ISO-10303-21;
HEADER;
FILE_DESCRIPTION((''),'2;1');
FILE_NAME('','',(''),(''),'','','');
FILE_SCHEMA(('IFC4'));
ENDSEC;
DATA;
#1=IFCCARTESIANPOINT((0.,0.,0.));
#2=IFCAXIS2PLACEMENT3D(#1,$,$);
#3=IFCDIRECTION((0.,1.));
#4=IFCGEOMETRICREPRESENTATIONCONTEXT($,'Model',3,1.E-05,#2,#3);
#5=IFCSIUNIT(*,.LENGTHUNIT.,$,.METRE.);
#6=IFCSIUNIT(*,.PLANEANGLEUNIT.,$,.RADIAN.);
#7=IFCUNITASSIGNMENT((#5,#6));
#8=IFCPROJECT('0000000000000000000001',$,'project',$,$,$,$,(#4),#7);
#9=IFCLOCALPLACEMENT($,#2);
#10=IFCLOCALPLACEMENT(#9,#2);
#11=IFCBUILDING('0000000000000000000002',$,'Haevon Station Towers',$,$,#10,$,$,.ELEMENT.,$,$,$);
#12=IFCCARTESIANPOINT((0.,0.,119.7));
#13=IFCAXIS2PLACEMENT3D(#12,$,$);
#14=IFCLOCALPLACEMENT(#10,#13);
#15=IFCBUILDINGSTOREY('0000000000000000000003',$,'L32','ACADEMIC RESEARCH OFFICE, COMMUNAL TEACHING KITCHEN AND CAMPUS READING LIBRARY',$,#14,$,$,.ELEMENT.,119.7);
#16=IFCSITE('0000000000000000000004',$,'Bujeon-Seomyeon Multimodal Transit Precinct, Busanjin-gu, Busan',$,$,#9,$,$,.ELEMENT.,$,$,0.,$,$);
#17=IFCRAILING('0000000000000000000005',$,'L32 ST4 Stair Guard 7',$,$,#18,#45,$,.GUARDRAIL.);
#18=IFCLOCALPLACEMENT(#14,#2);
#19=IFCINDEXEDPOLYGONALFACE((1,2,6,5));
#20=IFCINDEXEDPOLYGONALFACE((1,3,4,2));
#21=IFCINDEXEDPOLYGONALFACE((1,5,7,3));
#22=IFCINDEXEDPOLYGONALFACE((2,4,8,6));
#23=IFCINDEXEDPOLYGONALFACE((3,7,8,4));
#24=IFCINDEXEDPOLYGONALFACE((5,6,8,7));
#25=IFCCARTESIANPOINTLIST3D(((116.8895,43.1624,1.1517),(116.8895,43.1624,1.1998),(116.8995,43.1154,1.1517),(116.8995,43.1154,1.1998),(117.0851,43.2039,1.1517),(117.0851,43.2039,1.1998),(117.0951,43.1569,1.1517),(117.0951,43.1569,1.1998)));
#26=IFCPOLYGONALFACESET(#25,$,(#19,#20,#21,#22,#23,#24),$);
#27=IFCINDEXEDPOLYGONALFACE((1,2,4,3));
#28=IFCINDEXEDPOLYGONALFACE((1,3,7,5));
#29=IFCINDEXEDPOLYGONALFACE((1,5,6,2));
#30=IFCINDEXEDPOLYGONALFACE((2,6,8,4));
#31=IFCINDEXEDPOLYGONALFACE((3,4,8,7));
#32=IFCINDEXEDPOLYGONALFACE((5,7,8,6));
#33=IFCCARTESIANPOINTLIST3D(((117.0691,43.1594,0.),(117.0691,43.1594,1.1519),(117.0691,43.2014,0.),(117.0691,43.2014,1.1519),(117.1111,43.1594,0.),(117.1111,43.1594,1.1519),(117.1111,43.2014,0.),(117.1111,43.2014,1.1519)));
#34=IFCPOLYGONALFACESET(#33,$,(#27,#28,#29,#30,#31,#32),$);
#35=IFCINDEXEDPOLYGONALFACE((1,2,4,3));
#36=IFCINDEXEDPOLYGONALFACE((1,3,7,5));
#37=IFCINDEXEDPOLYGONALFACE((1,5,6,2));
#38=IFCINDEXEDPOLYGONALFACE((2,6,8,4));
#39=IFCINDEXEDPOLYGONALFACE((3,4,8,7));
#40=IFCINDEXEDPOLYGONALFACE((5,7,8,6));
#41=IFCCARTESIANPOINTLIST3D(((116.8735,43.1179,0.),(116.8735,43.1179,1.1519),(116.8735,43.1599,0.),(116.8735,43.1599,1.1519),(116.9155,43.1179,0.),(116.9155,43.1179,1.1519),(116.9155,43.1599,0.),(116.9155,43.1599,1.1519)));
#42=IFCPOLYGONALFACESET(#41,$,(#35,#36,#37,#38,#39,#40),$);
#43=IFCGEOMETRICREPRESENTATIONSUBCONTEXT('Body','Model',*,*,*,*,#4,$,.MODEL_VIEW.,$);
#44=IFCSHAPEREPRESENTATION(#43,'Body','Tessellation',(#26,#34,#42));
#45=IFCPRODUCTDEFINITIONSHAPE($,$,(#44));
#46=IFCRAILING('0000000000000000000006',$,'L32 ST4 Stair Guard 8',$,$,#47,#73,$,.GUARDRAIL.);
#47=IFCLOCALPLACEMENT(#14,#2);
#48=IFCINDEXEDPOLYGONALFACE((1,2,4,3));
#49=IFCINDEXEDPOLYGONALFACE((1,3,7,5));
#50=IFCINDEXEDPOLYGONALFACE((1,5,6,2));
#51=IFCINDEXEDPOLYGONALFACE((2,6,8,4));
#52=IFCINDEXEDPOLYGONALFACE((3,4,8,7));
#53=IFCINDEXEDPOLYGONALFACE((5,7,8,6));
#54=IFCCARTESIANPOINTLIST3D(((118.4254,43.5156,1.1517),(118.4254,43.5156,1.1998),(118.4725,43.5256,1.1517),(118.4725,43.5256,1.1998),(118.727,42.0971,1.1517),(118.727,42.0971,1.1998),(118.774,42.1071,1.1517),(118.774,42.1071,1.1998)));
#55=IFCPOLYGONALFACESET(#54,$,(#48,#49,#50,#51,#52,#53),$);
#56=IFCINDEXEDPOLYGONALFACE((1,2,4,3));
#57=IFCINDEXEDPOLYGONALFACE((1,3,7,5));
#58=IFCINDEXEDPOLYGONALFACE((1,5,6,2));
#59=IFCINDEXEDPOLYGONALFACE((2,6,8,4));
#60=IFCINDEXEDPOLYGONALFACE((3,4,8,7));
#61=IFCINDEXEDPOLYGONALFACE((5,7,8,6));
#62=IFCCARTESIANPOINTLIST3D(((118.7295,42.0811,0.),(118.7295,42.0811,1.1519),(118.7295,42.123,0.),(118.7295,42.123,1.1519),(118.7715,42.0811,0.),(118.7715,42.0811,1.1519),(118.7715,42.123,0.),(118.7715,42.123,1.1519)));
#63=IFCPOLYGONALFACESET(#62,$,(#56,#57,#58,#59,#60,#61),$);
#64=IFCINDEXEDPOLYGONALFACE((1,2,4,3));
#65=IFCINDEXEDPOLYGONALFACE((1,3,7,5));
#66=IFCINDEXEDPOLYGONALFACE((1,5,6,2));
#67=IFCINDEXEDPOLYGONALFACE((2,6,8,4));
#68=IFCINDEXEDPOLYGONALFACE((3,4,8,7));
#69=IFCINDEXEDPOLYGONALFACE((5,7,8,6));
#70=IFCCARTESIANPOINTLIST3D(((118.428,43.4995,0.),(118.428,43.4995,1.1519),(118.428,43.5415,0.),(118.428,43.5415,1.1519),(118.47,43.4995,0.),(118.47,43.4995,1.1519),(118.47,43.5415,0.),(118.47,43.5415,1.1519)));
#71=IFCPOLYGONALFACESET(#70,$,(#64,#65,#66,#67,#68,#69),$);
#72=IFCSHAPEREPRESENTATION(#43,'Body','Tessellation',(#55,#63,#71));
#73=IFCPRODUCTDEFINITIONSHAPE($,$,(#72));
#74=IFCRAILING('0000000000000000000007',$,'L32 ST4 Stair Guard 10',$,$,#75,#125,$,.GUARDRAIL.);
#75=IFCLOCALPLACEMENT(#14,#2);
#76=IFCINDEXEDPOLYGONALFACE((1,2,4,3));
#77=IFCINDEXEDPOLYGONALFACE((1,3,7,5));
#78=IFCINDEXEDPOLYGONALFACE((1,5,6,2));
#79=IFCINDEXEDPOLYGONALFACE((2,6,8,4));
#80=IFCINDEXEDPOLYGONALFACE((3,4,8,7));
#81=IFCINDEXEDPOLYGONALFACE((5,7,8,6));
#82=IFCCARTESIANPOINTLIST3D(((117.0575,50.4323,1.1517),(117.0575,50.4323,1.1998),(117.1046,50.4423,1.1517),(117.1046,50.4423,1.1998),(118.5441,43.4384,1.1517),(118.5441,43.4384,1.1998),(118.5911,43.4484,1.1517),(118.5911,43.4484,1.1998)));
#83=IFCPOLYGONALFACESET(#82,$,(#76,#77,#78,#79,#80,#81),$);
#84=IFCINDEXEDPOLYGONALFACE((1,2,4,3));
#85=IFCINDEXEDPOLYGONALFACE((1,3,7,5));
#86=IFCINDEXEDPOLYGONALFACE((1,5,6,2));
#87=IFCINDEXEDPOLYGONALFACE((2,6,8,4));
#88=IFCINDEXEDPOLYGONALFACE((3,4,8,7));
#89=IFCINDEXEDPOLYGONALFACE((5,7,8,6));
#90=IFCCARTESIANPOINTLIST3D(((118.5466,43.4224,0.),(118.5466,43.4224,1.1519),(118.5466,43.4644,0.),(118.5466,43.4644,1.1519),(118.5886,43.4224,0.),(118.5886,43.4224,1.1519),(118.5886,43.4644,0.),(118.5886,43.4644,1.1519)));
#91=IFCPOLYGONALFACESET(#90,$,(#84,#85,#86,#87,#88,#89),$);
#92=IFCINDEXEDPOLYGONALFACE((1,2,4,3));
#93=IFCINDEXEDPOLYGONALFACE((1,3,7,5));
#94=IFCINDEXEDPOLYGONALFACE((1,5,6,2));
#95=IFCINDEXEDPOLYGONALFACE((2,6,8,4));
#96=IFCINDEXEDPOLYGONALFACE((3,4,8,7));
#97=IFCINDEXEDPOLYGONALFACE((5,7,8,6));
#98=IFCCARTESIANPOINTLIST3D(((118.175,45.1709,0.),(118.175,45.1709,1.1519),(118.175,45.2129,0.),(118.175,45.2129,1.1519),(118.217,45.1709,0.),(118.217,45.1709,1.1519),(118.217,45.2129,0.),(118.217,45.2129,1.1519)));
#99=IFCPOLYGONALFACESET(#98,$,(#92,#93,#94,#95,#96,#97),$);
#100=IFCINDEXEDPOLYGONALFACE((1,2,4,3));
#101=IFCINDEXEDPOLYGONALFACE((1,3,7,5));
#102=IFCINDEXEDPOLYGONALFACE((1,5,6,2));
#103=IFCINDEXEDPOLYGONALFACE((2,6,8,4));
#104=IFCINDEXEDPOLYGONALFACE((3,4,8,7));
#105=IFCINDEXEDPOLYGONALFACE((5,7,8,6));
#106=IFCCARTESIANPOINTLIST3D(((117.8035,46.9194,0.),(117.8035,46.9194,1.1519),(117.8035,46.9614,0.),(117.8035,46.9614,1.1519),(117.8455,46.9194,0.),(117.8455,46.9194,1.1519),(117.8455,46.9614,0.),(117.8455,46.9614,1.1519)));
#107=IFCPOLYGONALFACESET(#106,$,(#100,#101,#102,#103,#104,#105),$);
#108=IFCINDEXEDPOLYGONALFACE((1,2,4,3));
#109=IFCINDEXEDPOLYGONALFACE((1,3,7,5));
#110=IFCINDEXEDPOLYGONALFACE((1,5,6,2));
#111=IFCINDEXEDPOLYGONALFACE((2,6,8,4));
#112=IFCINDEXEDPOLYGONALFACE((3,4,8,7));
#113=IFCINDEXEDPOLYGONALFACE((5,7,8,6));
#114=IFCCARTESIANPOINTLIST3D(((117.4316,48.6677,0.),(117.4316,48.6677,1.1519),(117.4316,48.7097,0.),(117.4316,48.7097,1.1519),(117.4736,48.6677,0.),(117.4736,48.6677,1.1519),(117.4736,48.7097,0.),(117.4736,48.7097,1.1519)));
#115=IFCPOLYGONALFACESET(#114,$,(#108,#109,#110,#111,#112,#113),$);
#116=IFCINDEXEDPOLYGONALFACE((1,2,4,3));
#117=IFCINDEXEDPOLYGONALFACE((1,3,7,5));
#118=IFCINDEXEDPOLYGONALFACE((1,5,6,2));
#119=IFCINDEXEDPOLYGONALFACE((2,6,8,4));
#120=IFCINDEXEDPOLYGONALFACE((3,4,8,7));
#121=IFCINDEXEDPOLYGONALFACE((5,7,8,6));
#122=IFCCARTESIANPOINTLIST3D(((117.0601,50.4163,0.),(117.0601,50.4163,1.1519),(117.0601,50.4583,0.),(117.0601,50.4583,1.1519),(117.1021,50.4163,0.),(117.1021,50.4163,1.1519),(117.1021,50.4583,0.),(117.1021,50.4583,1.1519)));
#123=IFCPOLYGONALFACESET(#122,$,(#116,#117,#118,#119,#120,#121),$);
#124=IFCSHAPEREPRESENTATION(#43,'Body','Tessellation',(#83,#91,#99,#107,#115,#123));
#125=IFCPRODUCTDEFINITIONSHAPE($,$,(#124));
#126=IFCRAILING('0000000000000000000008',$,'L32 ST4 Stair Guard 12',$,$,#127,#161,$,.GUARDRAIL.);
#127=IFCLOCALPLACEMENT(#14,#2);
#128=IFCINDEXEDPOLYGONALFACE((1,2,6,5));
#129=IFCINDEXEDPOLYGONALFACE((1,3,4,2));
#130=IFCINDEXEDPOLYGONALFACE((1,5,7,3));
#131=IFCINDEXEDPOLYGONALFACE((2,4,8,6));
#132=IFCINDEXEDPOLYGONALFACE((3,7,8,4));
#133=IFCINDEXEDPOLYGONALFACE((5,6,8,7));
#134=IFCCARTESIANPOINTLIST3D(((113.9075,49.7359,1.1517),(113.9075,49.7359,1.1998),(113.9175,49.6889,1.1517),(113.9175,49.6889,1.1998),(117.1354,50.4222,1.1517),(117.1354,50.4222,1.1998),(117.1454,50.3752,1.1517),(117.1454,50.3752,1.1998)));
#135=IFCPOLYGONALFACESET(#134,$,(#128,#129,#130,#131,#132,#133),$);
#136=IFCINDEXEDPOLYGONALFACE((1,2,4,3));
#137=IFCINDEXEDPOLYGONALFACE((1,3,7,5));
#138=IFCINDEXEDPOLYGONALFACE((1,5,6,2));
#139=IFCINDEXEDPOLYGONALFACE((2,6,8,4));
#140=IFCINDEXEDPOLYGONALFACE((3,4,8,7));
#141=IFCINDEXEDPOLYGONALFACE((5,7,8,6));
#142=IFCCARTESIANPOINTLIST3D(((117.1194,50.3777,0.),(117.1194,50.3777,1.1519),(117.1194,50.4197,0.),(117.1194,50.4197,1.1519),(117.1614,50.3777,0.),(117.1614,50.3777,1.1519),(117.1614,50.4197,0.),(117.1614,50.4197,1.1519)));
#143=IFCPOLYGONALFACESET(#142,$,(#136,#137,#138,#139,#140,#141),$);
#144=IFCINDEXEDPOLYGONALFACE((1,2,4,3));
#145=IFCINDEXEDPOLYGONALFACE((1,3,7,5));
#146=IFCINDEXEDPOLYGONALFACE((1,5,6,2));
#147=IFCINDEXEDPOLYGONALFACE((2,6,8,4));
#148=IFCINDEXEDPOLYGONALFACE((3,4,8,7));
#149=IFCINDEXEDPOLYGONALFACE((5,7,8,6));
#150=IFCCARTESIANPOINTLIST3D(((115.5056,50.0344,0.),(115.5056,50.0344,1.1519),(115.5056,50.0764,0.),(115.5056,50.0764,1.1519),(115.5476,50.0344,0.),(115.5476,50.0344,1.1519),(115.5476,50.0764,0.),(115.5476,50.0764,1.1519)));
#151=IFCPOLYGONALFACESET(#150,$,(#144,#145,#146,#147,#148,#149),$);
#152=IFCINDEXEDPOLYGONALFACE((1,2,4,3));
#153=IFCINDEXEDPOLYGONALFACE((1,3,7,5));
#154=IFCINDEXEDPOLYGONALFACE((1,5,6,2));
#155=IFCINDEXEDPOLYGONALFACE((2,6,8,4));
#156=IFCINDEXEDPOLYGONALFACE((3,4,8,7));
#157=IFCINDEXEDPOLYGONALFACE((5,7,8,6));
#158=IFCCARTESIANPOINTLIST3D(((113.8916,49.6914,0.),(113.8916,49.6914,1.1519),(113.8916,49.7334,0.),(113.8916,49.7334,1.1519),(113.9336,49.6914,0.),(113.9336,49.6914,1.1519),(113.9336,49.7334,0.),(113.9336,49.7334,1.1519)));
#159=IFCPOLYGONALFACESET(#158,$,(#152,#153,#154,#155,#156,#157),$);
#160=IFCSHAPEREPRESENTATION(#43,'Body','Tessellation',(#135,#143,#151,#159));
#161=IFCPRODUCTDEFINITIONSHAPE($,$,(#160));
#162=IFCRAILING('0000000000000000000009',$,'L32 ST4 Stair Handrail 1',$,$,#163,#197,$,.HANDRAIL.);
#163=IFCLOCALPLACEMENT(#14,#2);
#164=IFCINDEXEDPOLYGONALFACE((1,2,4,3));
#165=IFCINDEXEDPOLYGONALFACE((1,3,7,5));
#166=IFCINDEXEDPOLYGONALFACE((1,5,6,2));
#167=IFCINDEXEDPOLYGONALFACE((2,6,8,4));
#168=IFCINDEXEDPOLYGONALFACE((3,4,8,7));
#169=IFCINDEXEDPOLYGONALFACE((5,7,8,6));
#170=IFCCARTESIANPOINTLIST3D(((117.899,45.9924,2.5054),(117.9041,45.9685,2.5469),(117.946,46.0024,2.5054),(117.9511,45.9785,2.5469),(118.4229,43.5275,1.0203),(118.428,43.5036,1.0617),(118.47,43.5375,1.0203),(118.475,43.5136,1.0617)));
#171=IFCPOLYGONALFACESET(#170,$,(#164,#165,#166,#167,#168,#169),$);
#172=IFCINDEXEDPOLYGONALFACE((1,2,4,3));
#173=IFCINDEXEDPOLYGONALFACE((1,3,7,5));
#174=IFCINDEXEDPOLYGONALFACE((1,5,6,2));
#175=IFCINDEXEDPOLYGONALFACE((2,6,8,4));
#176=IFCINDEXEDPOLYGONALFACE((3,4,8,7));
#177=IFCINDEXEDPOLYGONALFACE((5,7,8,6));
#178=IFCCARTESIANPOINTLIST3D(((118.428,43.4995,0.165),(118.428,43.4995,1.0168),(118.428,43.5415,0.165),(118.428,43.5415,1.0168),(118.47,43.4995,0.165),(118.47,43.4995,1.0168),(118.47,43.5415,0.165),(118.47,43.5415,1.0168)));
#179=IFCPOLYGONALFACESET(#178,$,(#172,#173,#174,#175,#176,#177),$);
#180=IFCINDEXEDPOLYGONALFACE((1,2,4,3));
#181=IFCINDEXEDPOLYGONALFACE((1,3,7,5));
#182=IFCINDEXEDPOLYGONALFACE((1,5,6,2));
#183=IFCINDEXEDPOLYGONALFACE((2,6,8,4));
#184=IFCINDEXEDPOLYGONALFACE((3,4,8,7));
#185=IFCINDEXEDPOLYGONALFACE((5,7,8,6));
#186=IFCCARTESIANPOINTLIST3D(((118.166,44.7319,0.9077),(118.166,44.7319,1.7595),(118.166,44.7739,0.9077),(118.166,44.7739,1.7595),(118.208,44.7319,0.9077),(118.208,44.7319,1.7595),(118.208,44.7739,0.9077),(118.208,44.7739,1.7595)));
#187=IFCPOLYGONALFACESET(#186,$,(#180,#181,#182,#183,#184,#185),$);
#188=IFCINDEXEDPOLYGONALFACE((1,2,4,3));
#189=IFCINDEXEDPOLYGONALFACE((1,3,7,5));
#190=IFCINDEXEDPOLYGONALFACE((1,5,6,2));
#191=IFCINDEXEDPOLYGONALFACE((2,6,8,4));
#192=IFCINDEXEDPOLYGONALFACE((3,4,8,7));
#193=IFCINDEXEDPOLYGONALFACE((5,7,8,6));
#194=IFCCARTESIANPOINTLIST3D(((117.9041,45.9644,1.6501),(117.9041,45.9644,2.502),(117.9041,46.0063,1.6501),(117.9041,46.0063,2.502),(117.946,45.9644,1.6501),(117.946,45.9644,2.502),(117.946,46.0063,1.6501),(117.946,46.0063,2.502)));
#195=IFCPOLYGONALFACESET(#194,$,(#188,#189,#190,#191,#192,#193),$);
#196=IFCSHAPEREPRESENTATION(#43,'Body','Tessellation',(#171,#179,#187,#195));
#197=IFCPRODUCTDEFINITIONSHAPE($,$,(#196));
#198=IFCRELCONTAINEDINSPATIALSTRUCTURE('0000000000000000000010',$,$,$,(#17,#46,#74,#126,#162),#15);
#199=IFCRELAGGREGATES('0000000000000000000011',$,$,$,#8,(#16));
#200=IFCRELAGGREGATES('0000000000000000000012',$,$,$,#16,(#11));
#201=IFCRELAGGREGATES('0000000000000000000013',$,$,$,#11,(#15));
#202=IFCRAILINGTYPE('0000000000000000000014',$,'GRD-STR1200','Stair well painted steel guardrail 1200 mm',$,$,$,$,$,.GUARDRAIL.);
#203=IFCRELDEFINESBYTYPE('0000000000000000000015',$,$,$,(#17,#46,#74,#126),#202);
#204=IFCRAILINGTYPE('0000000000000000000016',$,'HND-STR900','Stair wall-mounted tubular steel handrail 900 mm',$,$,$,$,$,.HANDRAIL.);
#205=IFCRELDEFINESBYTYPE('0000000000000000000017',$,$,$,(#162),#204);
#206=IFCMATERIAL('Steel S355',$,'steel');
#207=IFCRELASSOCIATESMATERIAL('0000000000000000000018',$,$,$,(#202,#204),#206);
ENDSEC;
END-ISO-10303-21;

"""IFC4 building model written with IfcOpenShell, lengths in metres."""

from ifc_helpers import new_model, si_unit, direction, frame, origin, origin_2d, place, context, subcontext, project, spatial, rectangle, extrude, material, type_object, element, save


model = new_model("IFC4")

# Units and contexts
model_context = context("Model", 3, precision=1e-05, world=origin(), true_north=direction((0.0, 1.0)))
body_context = subcontext(model_context, "Body", "Model", "MODEL_VIEW")
ifc_project = project(units=[si_unit("LENGTHUNIT", "METRE"), si_unit("PLANEANGLEUNIT", "RADIAN")], contexts=[model_context])

# Site, building, storey
site_placement = place(None, origin())
site = spatial("IfcSite", under=ifc_project, at=site_placement, Name="Bujeon-Seomyeon Multimodal Transit Precinct, Busanjin-gu, Busan", CompositionType="ELEMENT", RefElevation=0.0)
building_placement = place(site_placement, origin())
building = spatial("IfcBuilding", under=site, at=building_placement, Name="Haevon Station Towers", CompositionType="ELEMENT")
storey_placement = place(building_placement, frame((0.0, 0.0, 119.7)))
storey = spatial("IfcBuildingStorey", under=building, at=storey_placement, Name="L32", Description="ACADEMIC RESEARCH OFFICE, COMMUNAL TEACHING KITCHEN AND CAMPUS READING LIBRARY", CompositionType="ELEMENT", Elevation=119.7)

# Shared definitions
ifc_material_1 = material(Name="Steel S355", Category="steel")

# Railings
railing_type_1 = type_object("IfcRailingType", Name="GRD-STR1200", Description="Stair well painted steel guardrail 1200 mm", PredefinedType="GUARDRAIL", material=ifc_material_1)
railing_1_placement = place(storey_placement, frame((117.0901, 43.1804, 0.0)))
element("IfcRailing", 1, at=railing_1_placement, inside=storey, type_object=railing_type_1, Name="L32 ST4 Stair Guard 7", PredefinedType="GUARDRAIL", context=body_context, shape_type="SweptSolid", body=[
    extrude(rectangle(XDim=0.0481, YDim=0.0481, at=origin_2d()), frame((0.0, 0.0, 1.1758), z_axis=(-0.978212, -0.20761, 0.0), x_axis=(0.20761, -0.978212, 0.0)), (0.0, 0.0, 1.0), 0.2),
    extrude(rectangle(XDim=0.042, YDim=0.042, at=origin_2d()), origin(), (0.0, 0.0, 1.0), 1.1519),
    extrude(rectangle(XDim=0.042, YDim=0.042, at=origin_2d()), frame((-0.1956, -0.0415, 0.0)), (0.0, 0.0, 1.0), 1.1519),
])
railing_2_placement = place(storey_placement, frame((118.7505, 42.1021, 0.0)))
element("IfcRailing", 2, at=railing_2_placement, inside=storey, type_object=railing_type_1, Name="L32 ST4 Stair Guard 8", PredefinedType="GUARDRAIL", context=body_context, shape_type="SweptSolid", body=[
    extrude(rectangle(XDim=0.0481, YDim=0.0481, at=origin_2d()), frame((0.0, 0.0, 1.1758), z_axis=(-0.207919, 0.978146, 0.0), x_axis=(-0.978146, -0.207919, 0.0)), (0.0, 0.0, 1.0), 1.4502),
    extrude(rectangle(XDim=0.042, YDim=0.042, at=origin_2d()), origin(), (0.0, 0.0, 1.0), 1.1519),
    extrude(rectangle(XDim=0.042, YDim=0.042, at=origin_2d()), frame((-0.3015, 1.4185, 0.0)), (0.0, 0.0, 1.0), 1.1519),
])
railing_3_placement = place(storey_placement, frame((118.5676, 43.4434, 0.0)))
element("IfcRailing", 3, at=railing_3_placement, inside=storey, type_object=railing_type_1, Name="L32 ST4 Stair Guard 10", PredefinedType="GUARDRAIL", context=body_context, shape_type="SweptSolid", body=[
    extrude(rectangle(XDim=0.0481, YDim=0.0481, at=origin_2d()), frame((0.0, 0.0, 1.1758), z_axis=(-0.207908, 0.978148, 0.0), x_axis=(-0.978148, -0.207908, 0.0)), (0.0, 0.0, 1.0), 7.1501),
    extrude(rectangle(XDim=0.042, YDim=0.042, at=origin_2d()), origin(), (0.0, 0.0, 1.0), 1.1519),
    extrude(rectangle(XDim=0.042, YDim=0.042, at=origin_2d()), frame((-0.3716, 1.7485, 0.0)), (0.0, 0.0, 1.0), 1.1519),
    extrude(rectangle(XDim=0.042, YDim=0.042, at=origin_2d()), frame((-0.7432, 3.4971, 0.0)), (0.0, 0.0, 1.0), 1.1519),
    extrude(rectangle(XDim=0.042, YDim=0.042, at=origin_2d()), frame((-1.115, 5.2454, 0.0)), (0.0, 0.0, 1.0), 1.1519),
    extrude(rectangle(XDim=0.042, YDim=0.042, at=origin_2d()), frame((-1.4866, 6.9939, 0.0)), (0.0, 0.0, 1.0), 1.1519),
])
railing_4_placement = place(storey_placement, frame((117.1404, 50.3987, 0.0)))
element("IfcRailing", 4, at=railing_4_placement, inside=storey, type_object=railing_type_1, Name="L32 ST4 Stair Guard 12", PredefinedType="GUARDRAIL", context=body_context, shape_type="SweptSolid", body=[
    extrude(rectangle(XDim=0.0481, YDim=0.0481, at=origin_2d()), frame((0.0, 0.0, 1.1758), z_axis=(-0.978136, -0.207968, 0.0), x_axis=(0.207968, -0.978136, 0.0)), (0.0, 0.0, 1.0), 3.3),
    extrude(rectangle(XDim=0.042, YDim=0.042, at=origin_2d()), origin(), (0.0, 0.0, 1.0), 1.1519),
    extrude(rectangle(XDim=0.042, YDim=0.042, at=origin_2d()), frame((-1.6138, -0.3433, 0.0)), (0.0, 0.0, 1.0), 1.1519),
    extrude(rectangle(XDim=0.042, YDim=0.042, at=origin_2d()), frame((-3.2278, -0.6863, 0.0)), (0.0, 0.0, 1.0), 1.1519),
])
railing_type_2 = type_object("IfcRailingType", Name="HND-STR900", Description="Stair wall-mounted tubular steel handrail 900 mm", PredefinedType="HANDRAIL", material=ifc_material_1)
railing_5_placement = place(storey_placement, frame((118.449, 43.5205, 0.165)))
element("IfcRailing", 5, at=railing_5_placement, inside=storey, type_object=railing_type_2, Name="L32 ST4 Stair Handrail 1", PredefinedType="HANDRAIL", context=body_context, shape_type="SweptSolid", body=[
    extrude(rectangle(XDim=0.0481, YDim=0.0481, at=origin_2d()), frame((0.0, 0.0, 0.876), z_axis=(-0.179121, 0.842688, 0.507733), x_axis=(-0.978147, -0.207914, 0.0)), (0.0, 0.0, 1.0), 2.925),
    extrude(rectangle(XDim=0.042, YDim=0.042, at=origin_2d()), origin(), (0.0, 0.0, 1.0), 0.8518),
    extrude(rectangle(XDim=0.042, YDim=0.042, at=origin_2d()), frame((-0.262, 1.2324, 0.7427)), (0.0, 0.0, 1.0), 0.8518),
    extrude(rectangle(XDim=0.042, YDim=0.042, at=origin_2d()), frame((-0.5239, 2.4648, 1.4851)), (0.0, 0.0, 1.0), 0.8518),
])

save(model, "model.ifc")
